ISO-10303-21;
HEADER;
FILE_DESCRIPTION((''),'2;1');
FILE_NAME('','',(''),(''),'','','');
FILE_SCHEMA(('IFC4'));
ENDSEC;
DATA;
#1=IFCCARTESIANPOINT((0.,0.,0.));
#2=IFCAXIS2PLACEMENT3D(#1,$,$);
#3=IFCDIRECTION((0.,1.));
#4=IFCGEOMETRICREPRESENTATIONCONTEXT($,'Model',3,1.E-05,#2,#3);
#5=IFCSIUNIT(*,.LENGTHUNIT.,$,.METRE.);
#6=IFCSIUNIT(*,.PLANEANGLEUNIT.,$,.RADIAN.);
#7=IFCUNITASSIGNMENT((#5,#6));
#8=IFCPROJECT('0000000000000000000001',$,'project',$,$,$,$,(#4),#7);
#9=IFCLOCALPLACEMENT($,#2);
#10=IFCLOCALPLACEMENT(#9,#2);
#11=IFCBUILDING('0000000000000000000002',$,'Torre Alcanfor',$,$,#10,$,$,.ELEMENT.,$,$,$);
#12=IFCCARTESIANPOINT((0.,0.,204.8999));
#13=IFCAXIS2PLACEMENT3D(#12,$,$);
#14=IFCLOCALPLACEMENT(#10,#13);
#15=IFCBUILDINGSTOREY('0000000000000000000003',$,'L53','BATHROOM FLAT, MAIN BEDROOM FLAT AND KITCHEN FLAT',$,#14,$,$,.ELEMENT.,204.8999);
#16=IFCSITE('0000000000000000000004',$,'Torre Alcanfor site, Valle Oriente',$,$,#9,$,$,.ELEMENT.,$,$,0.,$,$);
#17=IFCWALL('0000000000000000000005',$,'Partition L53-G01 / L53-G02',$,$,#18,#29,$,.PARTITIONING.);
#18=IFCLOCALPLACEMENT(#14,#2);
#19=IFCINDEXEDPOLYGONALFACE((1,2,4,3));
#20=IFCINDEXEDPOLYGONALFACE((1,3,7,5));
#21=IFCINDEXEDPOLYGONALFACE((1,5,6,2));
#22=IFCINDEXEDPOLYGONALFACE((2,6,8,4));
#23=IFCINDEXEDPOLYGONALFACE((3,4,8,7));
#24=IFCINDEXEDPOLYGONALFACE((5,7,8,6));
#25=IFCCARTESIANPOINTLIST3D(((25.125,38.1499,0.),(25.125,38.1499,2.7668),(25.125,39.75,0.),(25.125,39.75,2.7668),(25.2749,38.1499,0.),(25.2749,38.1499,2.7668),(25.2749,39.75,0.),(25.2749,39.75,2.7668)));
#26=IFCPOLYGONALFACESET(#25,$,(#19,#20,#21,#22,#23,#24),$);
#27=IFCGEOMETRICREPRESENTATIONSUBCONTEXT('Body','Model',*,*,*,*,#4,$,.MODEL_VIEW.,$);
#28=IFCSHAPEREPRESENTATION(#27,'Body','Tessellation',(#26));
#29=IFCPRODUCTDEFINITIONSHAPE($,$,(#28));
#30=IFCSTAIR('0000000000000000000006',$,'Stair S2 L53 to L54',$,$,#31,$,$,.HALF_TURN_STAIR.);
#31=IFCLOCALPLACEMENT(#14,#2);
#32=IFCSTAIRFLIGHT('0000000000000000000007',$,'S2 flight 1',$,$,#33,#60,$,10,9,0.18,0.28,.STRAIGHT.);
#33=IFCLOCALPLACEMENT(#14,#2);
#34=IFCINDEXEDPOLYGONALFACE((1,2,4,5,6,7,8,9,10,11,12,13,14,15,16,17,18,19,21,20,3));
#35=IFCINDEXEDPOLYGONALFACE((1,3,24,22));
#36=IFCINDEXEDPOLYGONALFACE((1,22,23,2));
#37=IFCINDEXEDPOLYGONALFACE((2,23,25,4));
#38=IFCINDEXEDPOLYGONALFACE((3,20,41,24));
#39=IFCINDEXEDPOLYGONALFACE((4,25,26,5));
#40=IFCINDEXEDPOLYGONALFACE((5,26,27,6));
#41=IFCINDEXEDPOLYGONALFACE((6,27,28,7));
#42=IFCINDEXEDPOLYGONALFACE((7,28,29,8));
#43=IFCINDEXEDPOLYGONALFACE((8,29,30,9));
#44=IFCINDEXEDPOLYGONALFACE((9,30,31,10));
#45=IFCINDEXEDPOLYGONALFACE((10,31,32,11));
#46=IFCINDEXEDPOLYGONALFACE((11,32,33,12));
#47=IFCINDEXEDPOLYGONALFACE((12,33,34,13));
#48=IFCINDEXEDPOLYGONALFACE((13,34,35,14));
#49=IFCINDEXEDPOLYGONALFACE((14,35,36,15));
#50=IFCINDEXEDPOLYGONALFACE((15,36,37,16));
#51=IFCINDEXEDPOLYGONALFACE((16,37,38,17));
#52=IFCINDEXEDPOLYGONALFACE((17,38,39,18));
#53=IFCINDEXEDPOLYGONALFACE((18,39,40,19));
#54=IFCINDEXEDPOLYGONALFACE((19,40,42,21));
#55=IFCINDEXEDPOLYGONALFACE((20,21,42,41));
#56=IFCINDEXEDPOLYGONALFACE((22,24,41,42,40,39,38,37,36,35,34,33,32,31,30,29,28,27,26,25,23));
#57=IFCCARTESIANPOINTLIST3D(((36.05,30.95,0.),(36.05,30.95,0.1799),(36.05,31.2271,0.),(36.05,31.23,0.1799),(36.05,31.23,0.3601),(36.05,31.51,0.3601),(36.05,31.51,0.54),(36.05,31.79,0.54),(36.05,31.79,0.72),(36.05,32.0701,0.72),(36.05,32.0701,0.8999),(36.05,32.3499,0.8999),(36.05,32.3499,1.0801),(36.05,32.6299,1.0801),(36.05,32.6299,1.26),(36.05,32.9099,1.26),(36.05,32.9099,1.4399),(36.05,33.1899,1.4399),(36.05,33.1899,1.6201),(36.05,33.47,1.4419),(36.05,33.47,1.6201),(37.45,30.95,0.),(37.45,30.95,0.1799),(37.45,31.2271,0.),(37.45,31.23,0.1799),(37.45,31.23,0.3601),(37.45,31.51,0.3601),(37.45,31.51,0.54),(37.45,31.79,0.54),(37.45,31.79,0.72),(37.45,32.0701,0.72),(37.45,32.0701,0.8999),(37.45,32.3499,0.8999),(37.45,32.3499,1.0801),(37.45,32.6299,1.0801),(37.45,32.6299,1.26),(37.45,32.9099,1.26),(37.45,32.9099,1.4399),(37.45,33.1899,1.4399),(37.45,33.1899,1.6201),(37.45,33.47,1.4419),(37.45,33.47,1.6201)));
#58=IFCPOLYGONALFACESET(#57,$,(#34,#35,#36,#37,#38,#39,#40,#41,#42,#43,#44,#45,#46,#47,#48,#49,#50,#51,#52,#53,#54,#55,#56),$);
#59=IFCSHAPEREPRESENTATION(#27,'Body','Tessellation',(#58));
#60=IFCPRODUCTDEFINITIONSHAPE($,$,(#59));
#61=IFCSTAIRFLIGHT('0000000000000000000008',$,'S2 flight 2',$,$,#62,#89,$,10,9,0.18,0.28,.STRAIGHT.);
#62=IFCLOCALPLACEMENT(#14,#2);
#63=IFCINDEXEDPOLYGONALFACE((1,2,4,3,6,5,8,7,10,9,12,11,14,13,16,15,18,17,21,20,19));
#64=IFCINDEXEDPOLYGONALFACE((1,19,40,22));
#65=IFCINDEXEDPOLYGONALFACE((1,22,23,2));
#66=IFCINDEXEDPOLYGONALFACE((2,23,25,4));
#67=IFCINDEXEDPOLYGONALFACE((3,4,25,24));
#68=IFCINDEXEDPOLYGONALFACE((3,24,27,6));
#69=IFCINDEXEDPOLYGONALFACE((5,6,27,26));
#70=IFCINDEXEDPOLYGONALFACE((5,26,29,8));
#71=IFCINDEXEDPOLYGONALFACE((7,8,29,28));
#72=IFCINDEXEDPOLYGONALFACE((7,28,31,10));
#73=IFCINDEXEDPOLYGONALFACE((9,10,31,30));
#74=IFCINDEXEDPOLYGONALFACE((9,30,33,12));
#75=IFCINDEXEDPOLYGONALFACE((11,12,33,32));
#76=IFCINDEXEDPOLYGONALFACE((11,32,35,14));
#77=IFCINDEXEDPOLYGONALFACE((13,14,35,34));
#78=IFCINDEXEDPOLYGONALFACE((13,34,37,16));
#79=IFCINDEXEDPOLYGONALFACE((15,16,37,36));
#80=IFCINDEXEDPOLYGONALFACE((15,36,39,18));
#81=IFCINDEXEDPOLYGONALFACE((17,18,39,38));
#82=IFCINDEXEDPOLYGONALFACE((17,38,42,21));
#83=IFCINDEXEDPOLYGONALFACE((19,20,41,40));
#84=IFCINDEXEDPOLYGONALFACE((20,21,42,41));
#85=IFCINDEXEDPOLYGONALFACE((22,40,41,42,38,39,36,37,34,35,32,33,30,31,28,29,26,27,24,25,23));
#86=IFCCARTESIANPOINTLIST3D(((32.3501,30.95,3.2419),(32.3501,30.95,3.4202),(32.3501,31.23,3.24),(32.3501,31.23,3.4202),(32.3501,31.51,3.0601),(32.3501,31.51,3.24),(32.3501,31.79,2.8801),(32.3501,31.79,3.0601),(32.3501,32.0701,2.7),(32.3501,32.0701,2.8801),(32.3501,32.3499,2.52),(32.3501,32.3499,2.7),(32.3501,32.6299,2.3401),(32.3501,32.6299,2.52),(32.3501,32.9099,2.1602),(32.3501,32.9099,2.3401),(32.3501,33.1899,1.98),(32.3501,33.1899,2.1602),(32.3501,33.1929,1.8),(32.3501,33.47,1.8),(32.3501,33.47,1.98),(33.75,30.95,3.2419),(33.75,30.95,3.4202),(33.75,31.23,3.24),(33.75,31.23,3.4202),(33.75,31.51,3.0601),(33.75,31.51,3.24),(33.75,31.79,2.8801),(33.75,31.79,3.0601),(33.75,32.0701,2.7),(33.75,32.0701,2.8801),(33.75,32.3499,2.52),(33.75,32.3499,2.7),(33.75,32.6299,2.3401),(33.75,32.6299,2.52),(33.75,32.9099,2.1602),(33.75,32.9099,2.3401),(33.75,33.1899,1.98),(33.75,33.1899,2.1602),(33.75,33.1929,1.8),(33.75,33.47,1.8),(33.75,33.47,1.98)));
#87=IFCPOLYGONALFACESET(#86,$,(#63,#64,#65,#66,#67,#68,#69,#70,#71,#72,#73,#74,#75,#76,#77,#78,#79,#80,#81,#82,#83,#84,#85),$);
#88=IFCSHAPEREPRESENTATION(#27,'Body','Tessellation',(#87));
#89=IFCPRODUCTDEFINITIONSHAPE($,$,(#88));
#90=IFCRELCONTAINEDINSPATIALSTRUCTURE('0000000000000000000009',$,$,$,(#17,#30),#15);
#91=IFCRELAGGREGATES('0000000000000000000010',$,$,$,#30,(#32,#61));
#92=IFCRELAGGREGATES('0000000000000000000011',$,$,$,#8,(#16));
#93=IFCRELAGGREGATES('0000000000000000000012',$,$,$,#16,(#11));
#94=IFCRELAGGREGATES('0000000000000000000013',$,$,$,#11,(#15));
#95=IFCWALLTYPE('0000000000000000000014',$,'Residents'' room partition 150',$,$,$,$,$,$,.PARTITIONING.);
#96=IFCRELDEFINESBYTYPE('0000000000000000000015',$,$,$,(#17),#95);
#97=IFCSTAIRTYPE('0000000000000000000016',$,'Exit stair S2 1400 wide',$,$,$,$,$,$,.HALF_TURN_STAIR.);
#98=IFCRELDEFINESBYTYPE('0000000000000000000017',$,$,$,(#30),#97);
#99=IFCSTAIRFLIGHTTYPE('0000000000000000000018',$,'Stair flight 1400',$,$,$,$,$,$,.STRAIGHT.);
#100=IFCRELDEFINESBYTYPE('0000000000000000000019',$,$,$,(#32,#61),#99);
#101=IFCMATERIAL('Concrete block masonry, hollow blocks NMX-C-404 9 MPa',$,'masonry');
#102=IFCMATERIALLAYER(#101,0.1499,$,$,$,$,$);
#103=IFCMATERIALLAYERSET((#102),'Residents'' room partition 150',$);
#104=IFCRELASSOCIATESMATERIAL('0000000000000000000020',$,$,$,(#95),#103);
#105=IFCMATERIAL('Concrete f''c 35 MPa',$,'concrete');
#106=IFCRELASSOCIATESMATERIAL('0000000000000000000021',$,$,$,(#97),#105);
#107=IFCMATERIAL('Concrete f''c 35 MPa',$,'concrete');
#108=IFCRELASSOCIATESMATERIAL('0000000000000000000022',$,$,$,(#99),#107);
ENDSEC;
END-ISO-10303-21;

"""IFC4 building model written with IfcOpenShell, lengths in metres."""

from ifc_helpers import new_model, si_unit, direction, frame, frame_2d, origin, place, context, subcontext, project, spatial, polyline, rectangle, outline, extrude, material, layer, layer_set, type_object, element, aggregate, save


model = new_model("IFC4")

# Units and contexts
model_context = context("Model", 3, precision=1e-05, world=origin(), true_north=direction((0.0, 1.0)))
body_context = subcontext(model_context, "Body", "Model", "MODEL_VIEW")
ifc_project = project(units=[si_unit("LENGTHUNIT", "METRE"), si_unit("PLANEANGLEUNIT", "RADIAN")], contexts=[model_context])

# Site, building, storey
site_placement = place(None, origin())
site = spatial("IfcSite", under=ifc_project, at=site_placement, Name="Torre Alcanfor site, Valle Oriente", CompositionType="ELEMENT", RefElevation=0.0)
building_placement = place(site_placement, origin())
building = spatial("IfcBuilding", under=site, at=building_placement, Name="Torre Alcanfor", CompositionType="ELEMENT")
storey_placement = place(building_placement, frame((0.0, 0.0, 204.8999)))
storey = spatial("IfcBuildingStorey", under=building, at=storey_placement, Name="L53", Description="BATHROOM FLAT, MAIN BEDROOM FLAT AND KITCHEN FLAT", CompositionType="ELEMENT", Elevation=204.8999)

# Shared definitions
ifc_material_1 = material(Name="Concrete block masonry, hollow blocks NMX-C-404 9 MPa", Category="masonry")
ifc_layer_1 = layer(ifc_material_1, 0.1499)
ifc_layer_set_1 = layer_set([ifc_layer_1], Name="Residents' room partition 150")
wall_type_1 = type_object("IfcWallType", Name="Residents' room partition 150", PredefinedType="PARTITIONING", material=ifc_layer_set_1)

# Wall
wall_1_placement = place(storey_placement, frame((25.2, 38.1499, 0.0), z_axis=(0.0, 0.0, 1.0), x_axis=(0.0, 1.0, 0.0)))
element("IfcWall", 1, at=wall_1_placement, inside=storey, type_object=wall_type_1, Name="Partition L53-G01 / L53-G02", PredefinedType="PARTITIONING", context=body_context, shape_type="SweptSolid", body=[
    extrude(rectangle(XDim=1.6001, YDim=0.1499, at=frame_2d((0.8, 0.0))), origin(), (0.0, 0.0, 1.0), 2.7668),
])

# Stair, stair flights
ifc_material_2 = material(Name="Concrete f'c 35 MPa", Category="concrete")
stair_type = type_object("IfcStairType", Name="Exit stair S2 1400 wide", PredefinedType="HALF_TURN_STAIR", material=ifc_material_2)
stair_placement = place(storey_placement, origin())
stair = element("IfcStair", 2, at=stair_placement, inside=storey, type_object=stair_type, Name="Stair S2 L53 to L54", PredefinedType="HALF_TURN_STAIR")
ifc_material_3 = material(Name="Concrete f'c 35 MPa", Category="concrete")
stair_flight_type = type_object("IfcStairFlightType", Name="Stair flight 1400", PredefinedType="STRAIGHT", material=ifc_material_3)
stair_flight_1_placement = place(storey_placement, frame((36.75, 30.95, 0.0), z_axis=(0.0, 0.0, 1.0), x_axis=(0.0, 1.0, 0.0)))
stair_flight_1 = element("IfcStairFlight", 3, at=stair_flight_1_placement, type_object=stair_flight_type, Name="S2 flight 1", NumberOfRisers=10, NumberOfTreads=9, PredefinedType="STRAIGHT", RiserHeight=0.18, TreadLength=0.28, context=body_context, shape_type="SweptSolid", body=[
    extrude(outline(polyline([(0.0, 0.0), (0.0, 0.1799), (0.28, 0.1799), (0.28, 0.3601), (0.5601, 0.3601), (0.5601, 0.54), (0.8401, 0.54), (0.8401, 0.72), (1.1201, 0.72), (1.1201, 0.8999), (1.3999, 0.8999), (1.3999, 1.0801), (1.6799, 1.0801), (1.6799, 1.26), (1.96, 1.26), (1.96, 1.4399), (2.24, 1.4399), (2.24, 1.6201), (2.52, 1.6201), (2.52, 1.8), (2.52, 1.4419), (0.2771, 0.0), (0.0, 0.0)])), frame((0.0, 0.7, 0.0), z_axis=(0.0, -1.0, 0.0), x_axis=(1.0, 0.0, 0.0)), (0.0, 0.0, 1.0), 1.3999),
])
stair_flight_2_placement = place(storey_placement, frame((33.05, 33.47, 1.8), z_axis=(0.0, 0.0, 1.0), x_axis=(0.0, -1.0, 0.0)))
stair_flight_2 = element("IfcStairFlight", 4, at=stair_flight_2_placement, type_object=stair_flight_type, Name="S2 flight 2", NumberOfRisers=10, NumberOfTreads=9, PredefinedType="STRAIGHT", RiserHeight=0.18, TreadLength=0.28, context=body_context, shape_type="SweptSolid", body=[
    extrude(outline(polyline([(0.0, 0.0), (0.0, 0.1799), (0.28, 0.1799), (0.28, 0.3601), (0.5601, 0.3601), (0.5601, 0.54), (0.8401, 0.54), (0.8401, 0.72), (1.1201, 0.72), (1.1201, 0.8999), (1.3999, 0.8999), (1.3999, 1.0801), (1.6799, 1.0801), (1.6799, 1.26), (1.96, 1.26), (1.96, 1.4399), (2.24, 1.4399), (2.24, 1.6201), (2.52, 1.6201), (2.52, 1.8), (2.52, 1.4419), (0.2771, 0.0), (0.0, 0.0)])), frame((0.0, 0.7, 0.0), z_axis=(0.0, -1.0, 0.0), x_axis=(1.0, 0.0, 0.0)), (0.0, 0.0, 1.0), 1.3999),
])
aggregate(stair, [stair_flight_1, stair_flight_2])

save(model, "model.ifc")
